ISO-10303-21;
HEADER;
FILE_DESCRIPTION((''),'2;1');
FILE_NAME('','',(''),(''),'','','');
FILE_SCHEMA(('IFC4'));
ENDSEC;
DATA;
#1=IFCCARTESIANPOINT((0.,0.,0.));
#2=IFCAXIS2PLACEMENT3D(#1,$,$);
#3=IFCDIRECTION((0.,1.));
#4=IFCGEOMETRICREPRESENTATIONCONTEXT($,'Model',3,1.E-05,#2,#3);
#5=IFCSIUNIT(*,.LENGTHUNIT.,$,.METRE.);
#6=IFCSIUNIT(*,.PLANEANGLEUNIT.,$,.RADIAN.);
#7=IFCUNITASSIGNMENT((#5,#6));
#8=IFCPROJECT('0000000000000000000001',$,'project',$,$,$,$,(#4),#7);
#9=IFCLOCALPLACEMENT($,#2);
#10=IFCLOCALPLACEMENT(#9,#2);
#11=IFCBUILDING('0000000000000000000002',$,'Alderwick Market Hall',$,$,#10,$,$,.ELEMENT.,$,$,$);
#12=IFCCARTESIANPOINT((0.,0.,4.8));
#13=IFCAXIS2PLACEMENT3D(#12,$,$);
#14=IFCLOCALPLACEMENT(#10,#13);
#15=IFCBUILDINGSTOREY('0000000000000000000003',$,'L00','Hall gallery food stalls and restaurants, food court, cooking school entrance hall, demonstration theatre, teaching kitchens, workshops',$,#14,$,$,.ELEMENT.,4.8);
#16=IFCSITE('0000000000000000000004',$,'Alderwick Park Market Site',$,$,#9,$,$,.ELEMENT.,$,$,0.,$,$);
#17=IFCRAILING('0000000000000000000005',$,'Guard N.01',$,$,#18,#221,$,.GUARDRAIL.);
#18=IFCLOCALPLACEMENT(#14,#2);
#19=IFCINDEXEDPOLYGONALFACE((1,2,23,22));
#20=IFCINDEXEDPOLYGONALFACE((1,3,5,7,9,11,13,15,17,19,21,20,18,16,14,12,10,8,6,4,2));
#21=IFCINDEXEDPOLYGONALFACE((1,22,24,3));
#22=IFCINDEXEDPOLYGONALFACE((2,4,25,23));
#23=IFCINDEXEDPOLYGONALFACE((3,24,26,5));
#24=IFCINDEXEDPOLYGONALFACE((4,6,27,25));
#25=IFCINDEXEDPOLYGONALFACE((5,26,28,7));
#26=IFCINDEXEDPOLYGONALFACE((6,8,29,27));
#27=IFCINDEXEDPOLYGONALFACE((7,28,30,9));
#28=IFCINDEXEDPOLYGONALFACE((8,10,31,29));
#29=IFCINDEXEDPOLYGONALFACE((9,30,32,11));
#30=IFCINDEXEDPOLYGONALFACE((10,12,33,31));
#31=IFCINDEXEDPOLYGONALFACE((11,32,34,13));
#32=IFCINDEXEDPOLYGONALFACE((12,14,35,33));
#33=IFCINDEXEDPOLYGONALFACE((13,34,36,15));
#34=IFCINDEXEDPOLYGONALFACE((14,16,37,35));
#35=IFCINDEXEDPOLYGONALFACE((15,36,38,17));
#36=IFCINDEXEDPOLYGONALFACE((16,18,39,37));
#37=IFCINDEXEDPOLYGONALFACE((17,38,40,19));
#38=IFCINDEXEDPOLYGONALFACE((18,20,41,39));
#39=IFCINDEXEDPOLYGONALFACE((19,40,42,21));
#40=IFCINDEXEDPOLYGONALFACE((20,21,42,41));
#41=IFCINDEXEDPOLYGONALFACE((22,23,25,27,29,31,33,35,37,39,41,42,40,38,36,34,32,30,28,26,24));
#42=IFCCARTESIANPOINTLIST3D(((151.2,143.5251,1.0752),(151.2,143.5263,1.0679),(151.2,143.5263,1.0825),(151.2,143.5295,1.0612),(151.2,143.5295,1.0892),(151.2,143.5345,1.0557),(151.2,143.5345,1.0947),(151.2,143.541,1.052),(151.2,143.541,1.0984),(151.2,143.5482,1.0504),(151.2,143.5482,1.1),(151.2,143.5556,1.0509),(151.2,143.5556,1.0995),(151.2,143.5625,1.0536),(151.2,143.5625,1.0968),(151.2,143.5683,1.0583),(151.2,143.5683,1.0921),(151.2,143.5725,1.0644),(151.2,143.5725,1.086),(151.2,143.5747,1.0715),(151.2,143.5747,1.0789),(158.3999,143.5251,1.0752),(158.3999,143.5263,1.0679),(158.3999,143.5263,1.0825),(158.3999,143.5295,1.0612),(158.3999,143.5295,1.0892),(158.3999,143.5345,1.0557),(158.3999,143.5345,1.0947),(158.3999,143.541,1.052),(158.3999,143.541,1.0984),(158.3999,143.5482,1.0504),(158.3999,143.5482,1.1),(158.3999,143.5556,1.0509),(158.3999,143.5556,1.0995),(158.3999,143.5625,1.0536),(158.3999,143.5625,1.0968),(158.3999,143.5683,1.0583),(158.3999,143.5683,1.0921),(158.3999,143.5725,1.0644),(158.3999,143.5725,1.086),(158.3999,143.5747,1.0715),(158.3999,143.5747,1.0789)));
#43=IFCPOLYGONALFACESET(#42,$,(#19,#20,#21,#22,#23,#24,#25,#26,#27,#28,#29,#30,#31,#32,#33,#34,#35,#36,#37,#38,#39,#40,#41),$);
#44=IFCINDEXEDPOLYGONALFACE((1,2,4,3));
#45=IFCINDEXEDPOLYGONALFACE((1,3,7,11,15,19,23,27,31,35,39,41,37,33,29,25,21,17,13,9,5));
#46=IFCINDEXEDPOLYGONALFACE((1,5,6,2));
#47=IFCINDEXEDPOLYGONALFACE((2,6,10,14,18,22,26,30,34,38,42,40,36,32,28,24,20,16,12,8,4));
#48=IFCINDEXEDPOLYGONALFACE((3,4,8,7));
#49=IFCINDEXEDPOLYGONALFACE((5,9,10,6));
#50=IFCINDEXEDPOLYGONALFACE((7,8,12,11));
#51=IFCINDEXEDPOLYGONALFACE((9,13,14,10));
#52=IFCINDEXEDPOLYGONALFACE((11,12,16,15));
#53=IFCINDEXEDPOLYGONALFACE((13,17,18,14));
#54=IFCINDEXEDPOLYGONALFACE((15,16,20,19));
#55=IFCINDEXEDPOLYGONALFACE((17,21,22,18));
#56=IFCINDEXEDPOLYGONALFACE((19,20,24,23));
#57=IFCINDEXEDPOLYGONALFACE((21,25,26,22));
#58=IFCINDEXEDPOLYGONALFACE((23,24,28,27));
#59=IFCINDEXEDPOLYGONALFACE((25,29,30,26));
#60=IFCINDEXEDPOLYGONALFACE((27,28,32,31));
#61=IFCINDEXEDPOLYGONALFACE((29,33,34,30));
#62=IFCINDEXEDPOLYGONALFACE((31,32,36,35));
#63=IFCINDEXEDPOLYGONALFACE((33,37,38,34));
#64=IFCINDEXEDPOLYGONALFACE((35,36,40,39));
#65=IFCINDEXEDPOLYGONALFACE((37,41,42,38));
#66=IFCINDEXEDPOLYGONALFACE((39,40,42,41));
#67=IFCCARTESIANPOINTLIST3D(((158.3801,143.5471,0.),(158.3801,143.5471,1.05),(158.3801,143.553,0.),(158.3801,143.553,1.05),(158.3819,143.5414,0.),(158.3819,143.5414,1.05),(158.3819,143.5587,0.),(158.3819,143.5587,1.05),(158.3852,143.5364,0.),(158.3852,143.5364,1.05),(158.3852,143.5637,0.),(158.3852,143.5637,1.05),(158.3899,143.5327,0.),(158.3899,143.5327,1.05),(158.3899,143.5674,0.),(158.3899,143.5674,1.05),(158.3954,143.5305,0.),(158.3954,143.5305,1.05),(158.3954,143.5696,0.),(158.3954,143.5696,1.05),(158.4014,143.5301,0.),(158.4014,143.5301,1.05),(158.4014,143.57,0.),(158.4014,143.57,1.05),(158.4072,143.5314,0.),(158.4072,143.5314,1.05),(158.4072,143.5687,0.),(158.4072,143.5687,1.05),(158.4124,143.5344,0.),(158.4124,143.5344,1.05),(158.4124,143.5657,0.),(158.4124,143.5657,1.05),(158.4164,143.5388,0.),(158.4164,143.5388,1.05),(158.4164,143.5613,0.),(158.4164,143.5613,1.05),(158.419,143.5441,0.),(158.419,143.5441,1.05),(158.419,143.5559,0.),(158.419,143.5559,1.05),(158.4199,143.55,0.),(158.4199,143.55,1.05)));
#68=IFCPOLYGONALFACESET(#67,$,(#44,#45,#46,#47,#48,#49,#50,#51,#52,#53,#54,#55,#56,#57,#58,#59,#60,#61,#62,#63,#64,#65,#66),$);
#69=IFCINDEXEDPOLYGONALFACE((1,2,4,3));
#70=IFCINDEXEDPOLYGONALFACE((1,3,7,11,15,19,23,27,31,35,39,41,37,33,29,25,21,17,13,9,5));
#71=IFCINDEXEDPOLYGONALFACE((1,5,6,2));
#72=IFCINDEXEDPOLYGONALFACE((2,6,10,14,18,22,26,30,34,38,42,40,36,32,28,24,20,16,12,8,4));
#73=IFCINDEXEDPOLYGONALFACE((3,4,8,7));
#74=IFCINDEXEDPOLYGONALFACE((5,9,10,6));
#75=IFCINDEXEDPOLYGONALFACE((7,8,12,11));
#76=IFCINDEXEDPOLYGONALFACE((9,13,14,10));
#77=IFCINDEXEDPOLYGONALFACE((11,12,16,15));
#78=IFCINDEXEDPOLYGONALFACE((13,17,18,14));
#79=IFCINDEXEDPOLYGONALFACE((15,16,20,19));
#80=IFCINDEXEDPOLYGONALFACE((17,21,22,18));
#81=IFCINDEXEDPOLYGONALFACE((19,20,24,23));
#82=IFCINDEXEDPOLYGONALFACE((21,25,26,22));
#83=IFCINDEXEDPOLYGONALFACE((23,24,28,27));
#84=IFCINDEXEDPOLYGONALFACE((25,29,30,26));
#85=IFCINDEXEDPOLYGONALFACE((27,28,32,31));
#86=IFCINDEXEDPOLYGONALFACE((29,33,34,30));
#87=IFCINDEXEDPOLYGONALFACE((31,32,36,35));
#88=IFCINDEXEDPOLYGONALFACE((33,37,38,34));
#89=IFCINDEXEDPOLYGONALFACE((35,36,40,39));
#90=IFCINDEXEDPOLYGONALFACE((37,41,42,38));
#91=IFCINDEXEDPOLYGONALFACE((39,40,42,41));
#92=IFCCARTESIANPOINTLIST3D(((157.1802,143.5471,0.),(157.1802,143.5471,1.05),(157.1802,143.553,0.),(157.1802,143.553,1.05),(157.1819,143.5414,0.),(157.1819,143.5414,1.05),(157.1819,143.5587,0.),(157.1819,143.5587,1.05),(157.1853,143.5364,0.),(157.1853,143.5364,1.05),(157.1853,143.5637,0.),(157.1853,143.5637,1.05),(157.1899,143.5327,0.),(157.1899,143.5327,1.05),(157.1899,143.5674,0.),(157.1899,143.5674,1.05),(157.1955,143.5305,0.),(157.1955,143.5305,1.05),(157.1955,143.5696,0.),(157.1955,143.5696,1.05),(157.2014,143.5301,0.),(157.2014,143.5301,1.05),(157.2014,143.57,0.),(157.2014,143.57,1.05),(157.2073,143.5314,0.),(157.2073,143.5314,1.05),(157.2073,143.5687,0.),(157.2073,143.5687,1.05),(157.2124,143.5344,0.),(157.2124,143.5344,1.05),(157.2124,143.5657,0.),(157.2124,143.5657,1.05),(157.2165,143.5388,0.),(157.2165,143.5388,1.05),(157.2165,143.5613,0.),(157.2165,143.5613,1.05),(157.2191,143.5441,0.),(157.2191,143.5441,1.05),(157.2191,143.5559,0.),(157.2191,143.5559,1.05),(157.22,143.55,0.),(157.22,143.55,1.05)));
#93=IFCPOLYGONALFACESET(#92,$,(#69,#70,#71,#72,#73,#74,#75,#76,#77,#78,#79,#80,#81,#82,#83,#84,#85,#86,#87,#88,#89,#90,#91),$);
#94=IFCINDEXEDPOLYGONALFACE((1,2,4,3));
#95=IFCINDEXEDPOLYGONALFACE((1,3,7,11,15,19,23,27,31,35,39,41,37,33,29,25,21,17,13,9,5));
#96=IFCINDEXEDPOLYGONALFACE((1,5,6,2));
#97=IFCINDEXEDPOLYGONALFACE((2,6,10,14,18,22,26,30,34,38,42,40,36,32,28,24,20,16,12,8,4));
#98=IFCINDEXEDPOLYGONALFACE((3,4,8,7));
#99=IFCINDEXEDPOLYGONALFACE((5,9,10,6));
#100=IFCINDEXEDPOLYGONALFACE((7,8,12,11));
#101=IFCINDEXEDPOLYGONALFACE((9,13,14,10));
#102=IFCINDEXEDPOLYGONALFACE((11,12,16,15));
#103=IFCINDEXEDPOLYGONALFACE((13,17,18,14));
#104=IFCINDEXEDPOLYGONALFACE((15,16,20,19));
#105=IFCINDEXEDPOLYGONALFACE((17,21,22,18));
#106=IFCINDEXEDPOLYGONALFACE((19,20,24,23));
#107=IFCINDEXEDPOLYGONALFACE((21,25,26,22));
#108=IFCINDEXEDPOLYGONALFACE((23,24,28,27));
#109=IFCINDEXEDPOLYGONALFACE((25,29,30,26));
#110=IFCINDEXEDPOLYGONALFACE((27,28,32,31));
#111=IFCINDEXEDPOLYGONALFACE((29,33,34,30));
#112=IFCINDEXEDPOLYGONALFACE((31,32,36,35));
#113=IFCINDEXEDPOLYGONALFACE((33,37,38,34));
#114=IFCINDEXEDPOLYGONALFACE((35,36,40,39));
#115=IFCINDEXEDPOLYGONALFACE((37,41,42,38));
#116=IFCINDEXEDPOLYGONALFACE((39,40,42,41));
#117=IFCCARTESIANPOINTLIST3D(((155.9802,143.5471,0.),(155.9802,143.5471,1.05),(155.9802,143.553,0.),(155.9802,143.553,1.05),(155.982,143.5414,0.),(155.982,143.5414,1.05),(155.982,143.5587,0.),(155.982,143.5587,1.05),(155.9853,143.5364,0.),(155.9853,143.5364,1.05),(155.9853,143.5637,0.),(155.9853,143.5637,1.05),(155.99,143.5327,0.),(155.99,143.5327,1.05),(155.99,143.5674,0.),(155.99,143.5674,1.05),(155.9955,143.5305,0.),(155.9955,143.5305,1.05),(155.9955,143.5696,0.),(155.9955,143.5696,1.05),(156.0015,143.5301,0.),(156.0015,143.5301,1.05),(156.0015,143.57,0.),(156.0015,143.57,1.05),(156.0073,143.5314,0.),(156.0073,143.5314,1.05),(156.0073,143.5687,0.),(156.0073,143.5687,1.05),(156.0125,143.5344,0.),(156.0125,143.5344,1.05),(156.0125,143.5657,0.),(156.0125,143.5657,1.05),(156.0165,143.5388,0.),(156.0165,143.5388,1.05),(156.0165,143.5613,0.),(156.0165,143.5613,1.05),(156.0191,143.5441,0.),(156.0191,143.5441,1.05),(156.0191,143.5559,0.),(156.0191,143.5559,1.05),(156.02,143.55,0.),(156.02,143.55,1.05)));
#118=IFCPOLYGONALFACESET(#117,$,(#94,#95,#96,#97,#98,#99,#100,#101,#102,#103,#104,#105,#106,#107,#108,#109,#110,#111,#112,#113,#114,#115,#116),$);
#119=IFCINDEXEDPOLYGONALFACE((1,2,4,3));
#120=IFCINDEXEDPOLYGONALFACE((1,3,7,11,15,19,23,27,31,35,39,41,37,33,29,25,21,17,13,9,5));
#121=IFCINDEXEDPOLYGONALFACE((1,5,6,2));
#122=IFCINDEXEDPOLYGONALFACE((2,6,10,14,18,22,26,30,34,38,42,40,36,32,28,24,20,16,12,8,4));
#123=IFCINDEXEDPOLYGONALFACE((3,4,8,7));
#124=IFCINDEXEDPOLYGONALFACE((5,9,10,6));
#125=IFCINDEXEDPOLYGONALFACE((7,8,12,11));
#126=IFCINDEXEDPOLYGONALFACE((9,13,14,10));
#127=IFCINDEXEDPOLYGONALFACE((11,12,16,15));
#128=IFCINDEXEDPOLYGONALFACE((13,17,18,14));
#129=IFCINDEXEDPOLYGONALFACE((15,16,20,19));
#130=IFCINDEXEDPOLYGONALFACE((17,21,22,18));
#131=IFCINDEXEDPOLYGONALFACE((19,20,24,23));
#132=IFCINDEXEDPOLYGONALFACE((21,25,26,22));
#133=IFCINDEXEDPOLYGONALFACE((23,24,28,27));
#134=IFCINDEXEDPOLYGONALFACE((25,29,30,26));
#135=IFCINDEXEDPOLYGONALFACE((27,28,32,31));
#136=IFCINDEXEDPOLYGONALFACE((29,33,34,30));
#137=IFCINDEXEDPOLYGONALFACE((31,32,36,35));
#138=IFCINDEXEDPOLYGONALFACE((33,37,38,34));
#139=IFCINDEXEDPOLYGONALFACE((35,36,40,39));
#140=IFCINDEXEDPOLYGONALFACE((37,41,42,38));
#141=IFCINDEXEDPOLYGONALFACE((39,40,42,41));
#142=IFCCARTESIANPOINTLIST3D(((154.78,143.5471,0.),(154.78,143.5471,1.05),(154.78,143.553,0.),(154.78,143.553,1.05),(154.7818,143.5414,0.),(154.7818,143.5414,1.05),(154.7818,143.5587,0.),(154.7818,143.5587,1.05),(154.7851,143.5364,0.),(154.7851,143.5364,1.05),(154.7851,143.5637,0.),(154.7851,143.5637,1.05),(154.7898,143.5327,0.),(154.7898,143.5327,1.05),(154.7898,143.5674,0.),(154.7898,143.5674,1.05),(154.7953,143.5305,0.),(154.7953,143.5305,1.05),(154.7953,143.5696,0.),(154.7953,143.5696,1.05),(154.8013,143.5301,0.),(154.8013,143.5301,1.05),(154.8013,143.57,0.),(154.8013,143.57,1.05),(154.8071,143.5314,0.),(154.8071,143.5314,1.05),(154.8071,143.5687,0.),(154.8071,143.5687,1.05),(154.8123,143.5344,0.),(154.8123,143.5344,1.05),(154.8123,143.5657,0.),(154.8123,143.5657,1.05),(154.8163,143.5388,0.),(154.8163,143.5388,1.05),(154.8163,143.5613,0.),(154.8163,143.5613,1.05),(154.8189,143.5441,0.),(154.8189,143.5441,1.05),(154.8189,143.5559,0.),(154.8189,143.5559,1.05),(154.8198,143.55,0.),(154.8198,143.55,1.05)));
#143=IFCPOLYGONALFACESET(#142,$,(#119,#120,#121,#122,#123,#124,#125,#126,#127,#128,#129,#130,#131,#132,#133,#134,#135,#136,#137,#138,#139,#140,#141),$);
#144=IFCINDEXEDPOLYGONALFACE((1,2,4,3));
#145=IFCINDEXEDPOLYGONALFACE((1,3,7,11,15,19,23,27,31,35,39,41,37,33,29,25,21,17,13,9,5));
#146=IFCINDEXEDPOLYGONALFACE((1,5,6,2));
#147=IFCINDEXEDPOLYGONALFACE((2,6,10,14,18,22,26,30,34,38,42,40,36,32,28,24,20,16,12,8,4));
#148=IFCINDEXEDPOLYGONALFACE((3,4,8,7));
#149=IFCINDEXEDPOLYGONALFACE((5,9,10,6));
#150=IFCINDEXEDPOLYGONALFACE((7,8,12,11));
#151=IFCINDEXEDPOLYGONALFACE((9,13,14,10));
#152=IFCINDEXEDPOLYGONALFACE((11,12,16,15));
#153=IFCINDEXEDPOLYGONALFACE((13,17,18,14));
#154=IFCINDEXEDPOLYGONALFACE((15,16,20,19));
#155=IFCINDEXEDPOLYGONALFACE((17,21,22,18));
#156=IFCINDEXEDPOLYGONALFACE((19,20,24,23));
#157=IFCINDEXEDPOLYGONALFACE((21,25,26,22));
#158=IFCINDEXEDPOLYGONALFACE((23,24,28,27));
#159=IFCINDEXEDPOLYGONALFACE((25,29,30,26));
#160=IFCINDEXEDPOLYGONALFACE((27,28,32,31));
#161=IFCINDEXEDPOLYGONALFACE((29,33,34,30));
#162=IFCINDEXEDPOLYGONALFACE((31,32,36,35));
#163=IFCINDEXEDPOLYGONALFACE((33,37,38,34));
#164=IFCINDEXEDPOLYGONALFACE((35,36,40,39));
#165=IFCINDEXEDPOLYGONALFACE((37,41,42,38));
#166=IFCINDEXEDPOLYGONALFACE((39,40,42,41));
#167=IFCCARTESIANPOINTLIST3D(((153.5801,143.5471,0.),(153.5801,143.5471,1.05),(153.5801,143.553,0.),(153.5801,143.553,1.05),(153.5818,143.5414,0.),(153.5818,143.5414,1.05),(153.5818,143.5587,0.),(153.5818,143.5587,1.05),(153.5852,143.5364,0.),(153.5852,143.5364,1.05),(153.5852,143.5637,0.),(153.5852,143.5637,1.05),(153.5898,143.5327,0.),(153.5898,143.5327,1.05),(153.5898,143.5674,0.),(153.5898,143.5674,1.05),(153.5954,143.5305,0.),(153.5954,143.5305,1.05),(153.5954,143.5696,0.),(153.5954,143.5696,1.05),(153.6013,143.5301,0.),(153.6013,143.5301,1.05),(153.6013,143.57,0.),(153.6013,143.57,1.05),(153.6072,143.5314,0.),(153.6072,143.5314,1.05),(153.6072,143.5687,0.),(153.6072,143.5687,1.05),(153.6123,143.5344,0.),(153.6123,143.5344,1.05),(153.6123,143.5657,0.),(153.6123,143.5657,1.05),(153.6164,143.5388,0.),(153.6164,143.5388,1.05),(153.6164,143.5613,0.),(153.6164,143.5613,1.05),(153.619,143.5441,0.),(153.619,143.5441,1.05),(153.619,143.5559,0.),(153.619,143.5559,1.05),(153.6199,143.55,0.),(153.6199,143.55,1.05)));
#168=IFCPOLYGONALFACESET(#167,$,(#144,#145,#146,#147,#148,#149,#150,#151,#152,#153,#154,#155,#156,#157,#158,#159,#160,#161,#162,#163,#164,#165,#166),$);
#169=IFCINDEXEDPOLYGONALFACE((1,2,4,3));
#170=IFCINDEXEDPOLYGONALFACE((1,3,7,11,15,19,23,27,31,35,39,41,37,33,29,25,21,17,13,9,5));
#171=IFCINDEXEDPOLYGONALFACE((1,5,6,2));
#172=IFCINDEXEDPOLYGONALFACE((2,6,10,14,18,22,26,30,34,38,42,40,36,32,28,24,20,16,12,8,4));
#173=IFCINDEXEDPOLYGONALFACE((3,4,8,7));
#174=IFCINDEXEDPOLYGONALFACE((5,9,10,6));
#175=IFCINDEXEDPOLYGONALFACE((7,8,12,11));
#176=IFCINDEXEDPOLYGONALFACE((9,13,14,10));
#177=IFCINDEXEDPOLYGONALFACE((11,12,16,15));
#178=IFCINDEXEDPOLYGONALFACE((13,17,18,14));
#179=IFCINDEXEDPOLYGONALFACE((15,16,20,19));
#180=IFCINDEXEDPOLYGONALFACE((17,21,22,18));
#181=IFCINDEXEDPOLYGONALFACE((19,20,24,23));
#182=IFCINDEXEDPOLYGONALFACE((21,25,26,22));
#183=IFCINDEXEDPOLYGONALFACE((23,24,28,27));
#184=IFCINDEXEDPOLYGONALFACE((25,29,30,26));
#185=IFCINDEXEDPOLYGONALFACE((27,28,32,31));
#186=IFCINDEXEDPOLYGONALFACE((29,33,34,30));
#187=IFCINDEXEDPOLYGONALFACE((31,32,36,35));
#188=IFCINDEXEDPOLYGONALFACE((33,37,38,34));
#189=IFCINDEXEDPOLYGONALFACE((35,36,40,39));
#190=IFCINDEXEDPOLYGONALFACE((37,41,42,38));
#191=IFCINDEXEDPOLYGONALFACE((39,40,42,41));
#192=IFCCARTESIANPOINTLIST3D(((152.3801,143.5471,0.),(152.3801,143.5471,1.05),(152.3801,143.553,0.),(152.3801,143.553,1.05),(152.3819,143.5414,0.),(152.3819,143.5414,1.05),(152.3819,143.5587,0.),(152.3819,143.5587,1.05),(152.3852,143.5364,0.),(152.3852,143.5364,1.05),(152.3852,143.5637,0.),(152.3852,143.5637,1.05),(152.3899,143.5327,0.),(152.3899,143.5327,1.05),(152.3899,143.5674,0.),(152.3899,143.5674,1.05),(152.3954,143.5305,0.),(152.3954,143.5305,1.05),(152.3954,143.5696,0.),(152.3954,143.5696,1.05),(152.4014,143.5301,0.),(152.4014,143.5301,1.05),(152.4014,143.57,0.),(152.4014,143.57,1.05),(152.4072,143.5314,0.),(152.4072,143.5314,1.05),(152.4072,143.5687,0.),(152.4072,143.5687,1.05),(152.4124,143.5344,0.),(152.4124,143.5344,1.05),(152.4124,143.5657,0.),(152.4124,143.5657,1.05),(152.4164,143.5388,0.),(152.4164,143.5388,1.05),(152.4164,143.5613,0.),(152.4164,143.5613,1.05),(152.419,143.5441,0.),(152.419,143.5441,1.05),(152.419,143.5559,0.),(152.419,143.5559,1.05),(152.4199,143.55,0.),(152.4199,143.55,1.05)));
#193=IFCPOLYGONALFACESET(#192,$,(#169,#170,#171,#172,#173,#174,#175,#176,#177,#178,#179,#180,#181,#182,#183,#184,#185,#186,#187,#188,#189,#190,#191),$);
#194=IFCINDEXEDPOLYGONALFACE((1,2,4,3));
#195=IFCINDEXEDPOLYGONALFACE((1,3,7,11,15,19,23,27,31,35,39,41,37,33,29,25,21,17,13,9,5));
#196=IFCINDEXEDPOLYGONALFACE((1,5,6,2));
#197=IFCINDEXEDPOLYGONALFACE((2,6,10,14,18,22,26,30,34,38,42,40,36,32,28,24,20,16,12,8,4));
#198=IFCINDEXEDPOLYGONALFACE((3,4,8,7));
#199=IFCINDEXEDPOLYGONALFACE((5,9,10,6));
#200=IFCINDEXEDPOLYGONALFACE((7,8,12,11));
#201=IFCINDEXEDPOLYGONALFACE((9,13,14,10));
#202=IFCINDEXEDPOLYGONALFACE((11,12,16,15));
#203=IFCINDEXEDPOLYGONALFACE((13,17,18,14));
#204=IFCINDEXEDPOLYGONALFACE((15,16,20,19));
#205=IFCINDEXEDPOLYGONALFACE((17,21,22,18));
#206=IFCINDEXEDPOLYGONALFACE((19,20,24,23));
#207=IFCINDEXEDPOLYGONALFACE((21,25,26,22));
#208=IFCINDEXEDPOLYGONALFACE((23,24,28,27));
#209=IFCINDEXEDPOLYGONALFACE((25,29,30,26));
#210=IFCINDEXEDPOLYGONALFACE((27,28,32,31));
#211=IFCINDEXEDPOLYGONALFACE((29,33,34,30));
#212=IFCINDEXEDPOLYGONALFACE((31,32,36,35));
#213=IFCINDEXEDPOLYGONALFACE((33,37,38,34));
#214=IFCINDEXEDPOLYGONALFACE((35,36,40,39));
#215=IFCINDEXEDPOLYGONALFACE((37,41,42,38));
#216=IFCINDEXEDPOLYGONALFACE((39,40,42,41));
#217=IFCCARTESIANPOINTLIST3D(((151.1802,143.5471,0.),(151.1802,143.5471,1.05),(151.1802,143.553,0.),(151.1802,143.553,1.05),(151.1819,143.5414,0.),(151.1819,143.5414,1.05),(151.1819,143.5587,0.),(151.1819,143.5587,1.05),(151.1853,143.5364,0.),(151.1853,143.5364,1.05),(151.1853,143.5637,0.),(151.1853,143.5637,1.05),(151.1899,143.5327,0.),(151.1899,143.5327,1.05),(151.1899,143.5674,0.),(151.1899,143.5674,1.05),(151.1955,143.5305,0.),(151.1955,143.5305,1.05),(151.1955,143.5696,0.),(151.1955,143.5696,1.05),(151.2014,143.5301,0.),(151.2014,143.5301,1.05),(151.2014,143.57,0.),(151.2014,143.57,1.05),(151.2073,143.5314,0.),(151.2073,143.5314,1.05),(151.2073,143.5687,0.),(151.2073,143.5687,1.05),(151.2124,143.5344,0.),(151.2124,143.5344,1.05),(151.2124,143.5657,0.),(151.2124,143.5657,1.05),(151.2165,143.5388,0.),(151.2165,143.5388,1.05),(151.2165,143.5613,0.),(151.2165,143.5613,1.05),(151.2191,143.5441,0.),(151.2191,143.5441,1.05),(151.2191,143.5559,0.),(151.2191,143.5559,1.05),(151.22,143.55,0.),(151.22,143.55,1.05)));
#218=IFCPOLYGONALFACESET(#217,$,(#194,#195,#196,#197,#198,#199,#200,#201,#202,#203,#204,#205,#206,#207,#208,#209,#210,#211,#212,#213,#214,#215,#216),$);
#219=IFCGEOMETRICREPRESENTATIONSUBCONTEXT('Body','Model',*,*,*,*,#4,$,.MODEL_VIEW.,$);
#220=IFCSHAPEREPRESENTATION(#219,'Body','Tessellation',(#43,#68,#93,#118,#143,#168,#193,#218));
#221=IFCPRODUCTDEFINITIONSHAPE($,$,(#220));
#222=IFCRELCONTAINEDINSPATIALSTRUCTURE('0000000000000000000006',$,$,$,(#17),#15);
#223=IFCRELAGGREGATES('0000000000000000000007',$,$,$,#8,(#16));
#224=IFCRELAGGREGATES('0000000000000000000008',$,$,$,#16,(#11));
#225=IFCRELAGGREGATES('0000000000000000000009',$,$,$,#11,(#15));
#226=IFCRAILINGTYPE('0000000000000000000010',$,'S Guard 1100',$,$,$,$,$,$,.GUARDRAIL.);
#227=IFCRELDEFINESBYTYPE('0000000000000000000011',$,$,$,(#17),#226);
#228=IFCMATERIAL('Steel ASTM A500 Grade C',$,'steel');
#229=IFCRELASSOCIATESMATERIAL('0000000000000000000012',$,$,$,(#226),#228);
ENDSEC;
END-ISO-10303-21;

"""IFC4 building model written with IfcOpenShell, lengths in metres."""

from ifc_helpers import new_model, si_unit, direction, frame, origin, origin_2d, place, context, subcontext, project, spatial, circle, extrude, material, type_object, element, save


model = new_model("IFC4")

# Units and contexts
model_context = context("Model", 3, precision=1e-05, world=origin(), true_north=direction((0.0, 1.0)))
body_context = subcontext(model_context, "Body", "Model", "MODEL_VIEW")
ifc_project = project(units=[si_unit("LENGTHUNIT", "METRE"), si_unit("PLANEANGLEUNIT", "RADIAN")], contexts=[model_context])

# Site, building, storey
site_placement = place(None, origin())
site = spatial("IfcSite", under=ifc_project, at=site_placement, Name="Alderwick Park Market Site", CompositionType="ELEMENT", RefElevation=0.0)
building_placement = place(site_placement, origin())
building = spatial("IfcBuilding", under=site, at=building_placement, Name="Alderwick Market Hall", CompositionType="ELEMENT")
storey_placement = place(building_placement, frame((0.0, 0.0, 4.8)))
storey = spatial("IfcBuildingStorey", under=building, at=storey_placement, Name="L00", Description="Hall gallery food stalls and restaurants, food court, cooking school entrance hall, demonstration theatre, teaching kitchens, workshops", CompositionType="ELEMENT", Elevation=4.8)

# Shared definitions
ifc_material_1 = material(Name="Steel ASTM A500 Grade C", Category="steel")

# Railing
railing_type = type_object("IfcRailingType", Name="S Guard 1100", PredefinedType="GUARDRAIL", material=ifc_material_1)
railing_placement = place(storey_placement, frame((158.3999, 143.55, 0.0)))
element("IfcRailing", 1, at=railing_placement, inside=storey, type_object=railing_type, Name="Guard N.01", PredefinedType="GUARDRAIL", context=body_context, shape_type="SweptSolid", body=[
    extrude(circle(Radius=0.0249, at=origin_2d()), frame((0.0, 0.0, 1.0752), z_axis=(-1.0, 0.0, 0.0), x_axis=(0.0, -1.0, 0.0)), (0.0, 0.0, 1.0), 7.2),
    extrude(circle(Radius=0.02, at=origin_2d()), origin(), (0.0, 0.0, 1.0), 1.05),
    extrude(circle(Radius=0.02, at=origin_2d()), frame((-1.2, 0.0, 0.0)), (0.0, 0.0, 1.0), 1.05),
    extrude(circle(Radius=0.02, at=origin_2d()), frame((-2.3999, 0.0, 0.0)), (0.0, 0.0, 1.0), 1.05),
    extrude(circle(Radius=0.02, at=origin_2d()), frame((-3.6001, 0.0, 0.0)), (0.0, 0.0, 1.0), 1.05),
    extrude(circle(Radius=0.02, at=origin_2d()), frame((-4.8, 0.0, 0.0)), (0.0, 0.0, 1.0), 1.05),
    extrude(circle(Radius=0.02, at=origin_2d()), frame((-6.0, 0.0, 0.0)), (0.0, 0.0, 1.0), 1.05),
    extrude(circle(Radius=0.02, at=origin_2d()), frame((-7.2, 0.0, 0.0)), (0.0, 0.0, 1.0), 1.05),
])

save(model, "model.ifc")
